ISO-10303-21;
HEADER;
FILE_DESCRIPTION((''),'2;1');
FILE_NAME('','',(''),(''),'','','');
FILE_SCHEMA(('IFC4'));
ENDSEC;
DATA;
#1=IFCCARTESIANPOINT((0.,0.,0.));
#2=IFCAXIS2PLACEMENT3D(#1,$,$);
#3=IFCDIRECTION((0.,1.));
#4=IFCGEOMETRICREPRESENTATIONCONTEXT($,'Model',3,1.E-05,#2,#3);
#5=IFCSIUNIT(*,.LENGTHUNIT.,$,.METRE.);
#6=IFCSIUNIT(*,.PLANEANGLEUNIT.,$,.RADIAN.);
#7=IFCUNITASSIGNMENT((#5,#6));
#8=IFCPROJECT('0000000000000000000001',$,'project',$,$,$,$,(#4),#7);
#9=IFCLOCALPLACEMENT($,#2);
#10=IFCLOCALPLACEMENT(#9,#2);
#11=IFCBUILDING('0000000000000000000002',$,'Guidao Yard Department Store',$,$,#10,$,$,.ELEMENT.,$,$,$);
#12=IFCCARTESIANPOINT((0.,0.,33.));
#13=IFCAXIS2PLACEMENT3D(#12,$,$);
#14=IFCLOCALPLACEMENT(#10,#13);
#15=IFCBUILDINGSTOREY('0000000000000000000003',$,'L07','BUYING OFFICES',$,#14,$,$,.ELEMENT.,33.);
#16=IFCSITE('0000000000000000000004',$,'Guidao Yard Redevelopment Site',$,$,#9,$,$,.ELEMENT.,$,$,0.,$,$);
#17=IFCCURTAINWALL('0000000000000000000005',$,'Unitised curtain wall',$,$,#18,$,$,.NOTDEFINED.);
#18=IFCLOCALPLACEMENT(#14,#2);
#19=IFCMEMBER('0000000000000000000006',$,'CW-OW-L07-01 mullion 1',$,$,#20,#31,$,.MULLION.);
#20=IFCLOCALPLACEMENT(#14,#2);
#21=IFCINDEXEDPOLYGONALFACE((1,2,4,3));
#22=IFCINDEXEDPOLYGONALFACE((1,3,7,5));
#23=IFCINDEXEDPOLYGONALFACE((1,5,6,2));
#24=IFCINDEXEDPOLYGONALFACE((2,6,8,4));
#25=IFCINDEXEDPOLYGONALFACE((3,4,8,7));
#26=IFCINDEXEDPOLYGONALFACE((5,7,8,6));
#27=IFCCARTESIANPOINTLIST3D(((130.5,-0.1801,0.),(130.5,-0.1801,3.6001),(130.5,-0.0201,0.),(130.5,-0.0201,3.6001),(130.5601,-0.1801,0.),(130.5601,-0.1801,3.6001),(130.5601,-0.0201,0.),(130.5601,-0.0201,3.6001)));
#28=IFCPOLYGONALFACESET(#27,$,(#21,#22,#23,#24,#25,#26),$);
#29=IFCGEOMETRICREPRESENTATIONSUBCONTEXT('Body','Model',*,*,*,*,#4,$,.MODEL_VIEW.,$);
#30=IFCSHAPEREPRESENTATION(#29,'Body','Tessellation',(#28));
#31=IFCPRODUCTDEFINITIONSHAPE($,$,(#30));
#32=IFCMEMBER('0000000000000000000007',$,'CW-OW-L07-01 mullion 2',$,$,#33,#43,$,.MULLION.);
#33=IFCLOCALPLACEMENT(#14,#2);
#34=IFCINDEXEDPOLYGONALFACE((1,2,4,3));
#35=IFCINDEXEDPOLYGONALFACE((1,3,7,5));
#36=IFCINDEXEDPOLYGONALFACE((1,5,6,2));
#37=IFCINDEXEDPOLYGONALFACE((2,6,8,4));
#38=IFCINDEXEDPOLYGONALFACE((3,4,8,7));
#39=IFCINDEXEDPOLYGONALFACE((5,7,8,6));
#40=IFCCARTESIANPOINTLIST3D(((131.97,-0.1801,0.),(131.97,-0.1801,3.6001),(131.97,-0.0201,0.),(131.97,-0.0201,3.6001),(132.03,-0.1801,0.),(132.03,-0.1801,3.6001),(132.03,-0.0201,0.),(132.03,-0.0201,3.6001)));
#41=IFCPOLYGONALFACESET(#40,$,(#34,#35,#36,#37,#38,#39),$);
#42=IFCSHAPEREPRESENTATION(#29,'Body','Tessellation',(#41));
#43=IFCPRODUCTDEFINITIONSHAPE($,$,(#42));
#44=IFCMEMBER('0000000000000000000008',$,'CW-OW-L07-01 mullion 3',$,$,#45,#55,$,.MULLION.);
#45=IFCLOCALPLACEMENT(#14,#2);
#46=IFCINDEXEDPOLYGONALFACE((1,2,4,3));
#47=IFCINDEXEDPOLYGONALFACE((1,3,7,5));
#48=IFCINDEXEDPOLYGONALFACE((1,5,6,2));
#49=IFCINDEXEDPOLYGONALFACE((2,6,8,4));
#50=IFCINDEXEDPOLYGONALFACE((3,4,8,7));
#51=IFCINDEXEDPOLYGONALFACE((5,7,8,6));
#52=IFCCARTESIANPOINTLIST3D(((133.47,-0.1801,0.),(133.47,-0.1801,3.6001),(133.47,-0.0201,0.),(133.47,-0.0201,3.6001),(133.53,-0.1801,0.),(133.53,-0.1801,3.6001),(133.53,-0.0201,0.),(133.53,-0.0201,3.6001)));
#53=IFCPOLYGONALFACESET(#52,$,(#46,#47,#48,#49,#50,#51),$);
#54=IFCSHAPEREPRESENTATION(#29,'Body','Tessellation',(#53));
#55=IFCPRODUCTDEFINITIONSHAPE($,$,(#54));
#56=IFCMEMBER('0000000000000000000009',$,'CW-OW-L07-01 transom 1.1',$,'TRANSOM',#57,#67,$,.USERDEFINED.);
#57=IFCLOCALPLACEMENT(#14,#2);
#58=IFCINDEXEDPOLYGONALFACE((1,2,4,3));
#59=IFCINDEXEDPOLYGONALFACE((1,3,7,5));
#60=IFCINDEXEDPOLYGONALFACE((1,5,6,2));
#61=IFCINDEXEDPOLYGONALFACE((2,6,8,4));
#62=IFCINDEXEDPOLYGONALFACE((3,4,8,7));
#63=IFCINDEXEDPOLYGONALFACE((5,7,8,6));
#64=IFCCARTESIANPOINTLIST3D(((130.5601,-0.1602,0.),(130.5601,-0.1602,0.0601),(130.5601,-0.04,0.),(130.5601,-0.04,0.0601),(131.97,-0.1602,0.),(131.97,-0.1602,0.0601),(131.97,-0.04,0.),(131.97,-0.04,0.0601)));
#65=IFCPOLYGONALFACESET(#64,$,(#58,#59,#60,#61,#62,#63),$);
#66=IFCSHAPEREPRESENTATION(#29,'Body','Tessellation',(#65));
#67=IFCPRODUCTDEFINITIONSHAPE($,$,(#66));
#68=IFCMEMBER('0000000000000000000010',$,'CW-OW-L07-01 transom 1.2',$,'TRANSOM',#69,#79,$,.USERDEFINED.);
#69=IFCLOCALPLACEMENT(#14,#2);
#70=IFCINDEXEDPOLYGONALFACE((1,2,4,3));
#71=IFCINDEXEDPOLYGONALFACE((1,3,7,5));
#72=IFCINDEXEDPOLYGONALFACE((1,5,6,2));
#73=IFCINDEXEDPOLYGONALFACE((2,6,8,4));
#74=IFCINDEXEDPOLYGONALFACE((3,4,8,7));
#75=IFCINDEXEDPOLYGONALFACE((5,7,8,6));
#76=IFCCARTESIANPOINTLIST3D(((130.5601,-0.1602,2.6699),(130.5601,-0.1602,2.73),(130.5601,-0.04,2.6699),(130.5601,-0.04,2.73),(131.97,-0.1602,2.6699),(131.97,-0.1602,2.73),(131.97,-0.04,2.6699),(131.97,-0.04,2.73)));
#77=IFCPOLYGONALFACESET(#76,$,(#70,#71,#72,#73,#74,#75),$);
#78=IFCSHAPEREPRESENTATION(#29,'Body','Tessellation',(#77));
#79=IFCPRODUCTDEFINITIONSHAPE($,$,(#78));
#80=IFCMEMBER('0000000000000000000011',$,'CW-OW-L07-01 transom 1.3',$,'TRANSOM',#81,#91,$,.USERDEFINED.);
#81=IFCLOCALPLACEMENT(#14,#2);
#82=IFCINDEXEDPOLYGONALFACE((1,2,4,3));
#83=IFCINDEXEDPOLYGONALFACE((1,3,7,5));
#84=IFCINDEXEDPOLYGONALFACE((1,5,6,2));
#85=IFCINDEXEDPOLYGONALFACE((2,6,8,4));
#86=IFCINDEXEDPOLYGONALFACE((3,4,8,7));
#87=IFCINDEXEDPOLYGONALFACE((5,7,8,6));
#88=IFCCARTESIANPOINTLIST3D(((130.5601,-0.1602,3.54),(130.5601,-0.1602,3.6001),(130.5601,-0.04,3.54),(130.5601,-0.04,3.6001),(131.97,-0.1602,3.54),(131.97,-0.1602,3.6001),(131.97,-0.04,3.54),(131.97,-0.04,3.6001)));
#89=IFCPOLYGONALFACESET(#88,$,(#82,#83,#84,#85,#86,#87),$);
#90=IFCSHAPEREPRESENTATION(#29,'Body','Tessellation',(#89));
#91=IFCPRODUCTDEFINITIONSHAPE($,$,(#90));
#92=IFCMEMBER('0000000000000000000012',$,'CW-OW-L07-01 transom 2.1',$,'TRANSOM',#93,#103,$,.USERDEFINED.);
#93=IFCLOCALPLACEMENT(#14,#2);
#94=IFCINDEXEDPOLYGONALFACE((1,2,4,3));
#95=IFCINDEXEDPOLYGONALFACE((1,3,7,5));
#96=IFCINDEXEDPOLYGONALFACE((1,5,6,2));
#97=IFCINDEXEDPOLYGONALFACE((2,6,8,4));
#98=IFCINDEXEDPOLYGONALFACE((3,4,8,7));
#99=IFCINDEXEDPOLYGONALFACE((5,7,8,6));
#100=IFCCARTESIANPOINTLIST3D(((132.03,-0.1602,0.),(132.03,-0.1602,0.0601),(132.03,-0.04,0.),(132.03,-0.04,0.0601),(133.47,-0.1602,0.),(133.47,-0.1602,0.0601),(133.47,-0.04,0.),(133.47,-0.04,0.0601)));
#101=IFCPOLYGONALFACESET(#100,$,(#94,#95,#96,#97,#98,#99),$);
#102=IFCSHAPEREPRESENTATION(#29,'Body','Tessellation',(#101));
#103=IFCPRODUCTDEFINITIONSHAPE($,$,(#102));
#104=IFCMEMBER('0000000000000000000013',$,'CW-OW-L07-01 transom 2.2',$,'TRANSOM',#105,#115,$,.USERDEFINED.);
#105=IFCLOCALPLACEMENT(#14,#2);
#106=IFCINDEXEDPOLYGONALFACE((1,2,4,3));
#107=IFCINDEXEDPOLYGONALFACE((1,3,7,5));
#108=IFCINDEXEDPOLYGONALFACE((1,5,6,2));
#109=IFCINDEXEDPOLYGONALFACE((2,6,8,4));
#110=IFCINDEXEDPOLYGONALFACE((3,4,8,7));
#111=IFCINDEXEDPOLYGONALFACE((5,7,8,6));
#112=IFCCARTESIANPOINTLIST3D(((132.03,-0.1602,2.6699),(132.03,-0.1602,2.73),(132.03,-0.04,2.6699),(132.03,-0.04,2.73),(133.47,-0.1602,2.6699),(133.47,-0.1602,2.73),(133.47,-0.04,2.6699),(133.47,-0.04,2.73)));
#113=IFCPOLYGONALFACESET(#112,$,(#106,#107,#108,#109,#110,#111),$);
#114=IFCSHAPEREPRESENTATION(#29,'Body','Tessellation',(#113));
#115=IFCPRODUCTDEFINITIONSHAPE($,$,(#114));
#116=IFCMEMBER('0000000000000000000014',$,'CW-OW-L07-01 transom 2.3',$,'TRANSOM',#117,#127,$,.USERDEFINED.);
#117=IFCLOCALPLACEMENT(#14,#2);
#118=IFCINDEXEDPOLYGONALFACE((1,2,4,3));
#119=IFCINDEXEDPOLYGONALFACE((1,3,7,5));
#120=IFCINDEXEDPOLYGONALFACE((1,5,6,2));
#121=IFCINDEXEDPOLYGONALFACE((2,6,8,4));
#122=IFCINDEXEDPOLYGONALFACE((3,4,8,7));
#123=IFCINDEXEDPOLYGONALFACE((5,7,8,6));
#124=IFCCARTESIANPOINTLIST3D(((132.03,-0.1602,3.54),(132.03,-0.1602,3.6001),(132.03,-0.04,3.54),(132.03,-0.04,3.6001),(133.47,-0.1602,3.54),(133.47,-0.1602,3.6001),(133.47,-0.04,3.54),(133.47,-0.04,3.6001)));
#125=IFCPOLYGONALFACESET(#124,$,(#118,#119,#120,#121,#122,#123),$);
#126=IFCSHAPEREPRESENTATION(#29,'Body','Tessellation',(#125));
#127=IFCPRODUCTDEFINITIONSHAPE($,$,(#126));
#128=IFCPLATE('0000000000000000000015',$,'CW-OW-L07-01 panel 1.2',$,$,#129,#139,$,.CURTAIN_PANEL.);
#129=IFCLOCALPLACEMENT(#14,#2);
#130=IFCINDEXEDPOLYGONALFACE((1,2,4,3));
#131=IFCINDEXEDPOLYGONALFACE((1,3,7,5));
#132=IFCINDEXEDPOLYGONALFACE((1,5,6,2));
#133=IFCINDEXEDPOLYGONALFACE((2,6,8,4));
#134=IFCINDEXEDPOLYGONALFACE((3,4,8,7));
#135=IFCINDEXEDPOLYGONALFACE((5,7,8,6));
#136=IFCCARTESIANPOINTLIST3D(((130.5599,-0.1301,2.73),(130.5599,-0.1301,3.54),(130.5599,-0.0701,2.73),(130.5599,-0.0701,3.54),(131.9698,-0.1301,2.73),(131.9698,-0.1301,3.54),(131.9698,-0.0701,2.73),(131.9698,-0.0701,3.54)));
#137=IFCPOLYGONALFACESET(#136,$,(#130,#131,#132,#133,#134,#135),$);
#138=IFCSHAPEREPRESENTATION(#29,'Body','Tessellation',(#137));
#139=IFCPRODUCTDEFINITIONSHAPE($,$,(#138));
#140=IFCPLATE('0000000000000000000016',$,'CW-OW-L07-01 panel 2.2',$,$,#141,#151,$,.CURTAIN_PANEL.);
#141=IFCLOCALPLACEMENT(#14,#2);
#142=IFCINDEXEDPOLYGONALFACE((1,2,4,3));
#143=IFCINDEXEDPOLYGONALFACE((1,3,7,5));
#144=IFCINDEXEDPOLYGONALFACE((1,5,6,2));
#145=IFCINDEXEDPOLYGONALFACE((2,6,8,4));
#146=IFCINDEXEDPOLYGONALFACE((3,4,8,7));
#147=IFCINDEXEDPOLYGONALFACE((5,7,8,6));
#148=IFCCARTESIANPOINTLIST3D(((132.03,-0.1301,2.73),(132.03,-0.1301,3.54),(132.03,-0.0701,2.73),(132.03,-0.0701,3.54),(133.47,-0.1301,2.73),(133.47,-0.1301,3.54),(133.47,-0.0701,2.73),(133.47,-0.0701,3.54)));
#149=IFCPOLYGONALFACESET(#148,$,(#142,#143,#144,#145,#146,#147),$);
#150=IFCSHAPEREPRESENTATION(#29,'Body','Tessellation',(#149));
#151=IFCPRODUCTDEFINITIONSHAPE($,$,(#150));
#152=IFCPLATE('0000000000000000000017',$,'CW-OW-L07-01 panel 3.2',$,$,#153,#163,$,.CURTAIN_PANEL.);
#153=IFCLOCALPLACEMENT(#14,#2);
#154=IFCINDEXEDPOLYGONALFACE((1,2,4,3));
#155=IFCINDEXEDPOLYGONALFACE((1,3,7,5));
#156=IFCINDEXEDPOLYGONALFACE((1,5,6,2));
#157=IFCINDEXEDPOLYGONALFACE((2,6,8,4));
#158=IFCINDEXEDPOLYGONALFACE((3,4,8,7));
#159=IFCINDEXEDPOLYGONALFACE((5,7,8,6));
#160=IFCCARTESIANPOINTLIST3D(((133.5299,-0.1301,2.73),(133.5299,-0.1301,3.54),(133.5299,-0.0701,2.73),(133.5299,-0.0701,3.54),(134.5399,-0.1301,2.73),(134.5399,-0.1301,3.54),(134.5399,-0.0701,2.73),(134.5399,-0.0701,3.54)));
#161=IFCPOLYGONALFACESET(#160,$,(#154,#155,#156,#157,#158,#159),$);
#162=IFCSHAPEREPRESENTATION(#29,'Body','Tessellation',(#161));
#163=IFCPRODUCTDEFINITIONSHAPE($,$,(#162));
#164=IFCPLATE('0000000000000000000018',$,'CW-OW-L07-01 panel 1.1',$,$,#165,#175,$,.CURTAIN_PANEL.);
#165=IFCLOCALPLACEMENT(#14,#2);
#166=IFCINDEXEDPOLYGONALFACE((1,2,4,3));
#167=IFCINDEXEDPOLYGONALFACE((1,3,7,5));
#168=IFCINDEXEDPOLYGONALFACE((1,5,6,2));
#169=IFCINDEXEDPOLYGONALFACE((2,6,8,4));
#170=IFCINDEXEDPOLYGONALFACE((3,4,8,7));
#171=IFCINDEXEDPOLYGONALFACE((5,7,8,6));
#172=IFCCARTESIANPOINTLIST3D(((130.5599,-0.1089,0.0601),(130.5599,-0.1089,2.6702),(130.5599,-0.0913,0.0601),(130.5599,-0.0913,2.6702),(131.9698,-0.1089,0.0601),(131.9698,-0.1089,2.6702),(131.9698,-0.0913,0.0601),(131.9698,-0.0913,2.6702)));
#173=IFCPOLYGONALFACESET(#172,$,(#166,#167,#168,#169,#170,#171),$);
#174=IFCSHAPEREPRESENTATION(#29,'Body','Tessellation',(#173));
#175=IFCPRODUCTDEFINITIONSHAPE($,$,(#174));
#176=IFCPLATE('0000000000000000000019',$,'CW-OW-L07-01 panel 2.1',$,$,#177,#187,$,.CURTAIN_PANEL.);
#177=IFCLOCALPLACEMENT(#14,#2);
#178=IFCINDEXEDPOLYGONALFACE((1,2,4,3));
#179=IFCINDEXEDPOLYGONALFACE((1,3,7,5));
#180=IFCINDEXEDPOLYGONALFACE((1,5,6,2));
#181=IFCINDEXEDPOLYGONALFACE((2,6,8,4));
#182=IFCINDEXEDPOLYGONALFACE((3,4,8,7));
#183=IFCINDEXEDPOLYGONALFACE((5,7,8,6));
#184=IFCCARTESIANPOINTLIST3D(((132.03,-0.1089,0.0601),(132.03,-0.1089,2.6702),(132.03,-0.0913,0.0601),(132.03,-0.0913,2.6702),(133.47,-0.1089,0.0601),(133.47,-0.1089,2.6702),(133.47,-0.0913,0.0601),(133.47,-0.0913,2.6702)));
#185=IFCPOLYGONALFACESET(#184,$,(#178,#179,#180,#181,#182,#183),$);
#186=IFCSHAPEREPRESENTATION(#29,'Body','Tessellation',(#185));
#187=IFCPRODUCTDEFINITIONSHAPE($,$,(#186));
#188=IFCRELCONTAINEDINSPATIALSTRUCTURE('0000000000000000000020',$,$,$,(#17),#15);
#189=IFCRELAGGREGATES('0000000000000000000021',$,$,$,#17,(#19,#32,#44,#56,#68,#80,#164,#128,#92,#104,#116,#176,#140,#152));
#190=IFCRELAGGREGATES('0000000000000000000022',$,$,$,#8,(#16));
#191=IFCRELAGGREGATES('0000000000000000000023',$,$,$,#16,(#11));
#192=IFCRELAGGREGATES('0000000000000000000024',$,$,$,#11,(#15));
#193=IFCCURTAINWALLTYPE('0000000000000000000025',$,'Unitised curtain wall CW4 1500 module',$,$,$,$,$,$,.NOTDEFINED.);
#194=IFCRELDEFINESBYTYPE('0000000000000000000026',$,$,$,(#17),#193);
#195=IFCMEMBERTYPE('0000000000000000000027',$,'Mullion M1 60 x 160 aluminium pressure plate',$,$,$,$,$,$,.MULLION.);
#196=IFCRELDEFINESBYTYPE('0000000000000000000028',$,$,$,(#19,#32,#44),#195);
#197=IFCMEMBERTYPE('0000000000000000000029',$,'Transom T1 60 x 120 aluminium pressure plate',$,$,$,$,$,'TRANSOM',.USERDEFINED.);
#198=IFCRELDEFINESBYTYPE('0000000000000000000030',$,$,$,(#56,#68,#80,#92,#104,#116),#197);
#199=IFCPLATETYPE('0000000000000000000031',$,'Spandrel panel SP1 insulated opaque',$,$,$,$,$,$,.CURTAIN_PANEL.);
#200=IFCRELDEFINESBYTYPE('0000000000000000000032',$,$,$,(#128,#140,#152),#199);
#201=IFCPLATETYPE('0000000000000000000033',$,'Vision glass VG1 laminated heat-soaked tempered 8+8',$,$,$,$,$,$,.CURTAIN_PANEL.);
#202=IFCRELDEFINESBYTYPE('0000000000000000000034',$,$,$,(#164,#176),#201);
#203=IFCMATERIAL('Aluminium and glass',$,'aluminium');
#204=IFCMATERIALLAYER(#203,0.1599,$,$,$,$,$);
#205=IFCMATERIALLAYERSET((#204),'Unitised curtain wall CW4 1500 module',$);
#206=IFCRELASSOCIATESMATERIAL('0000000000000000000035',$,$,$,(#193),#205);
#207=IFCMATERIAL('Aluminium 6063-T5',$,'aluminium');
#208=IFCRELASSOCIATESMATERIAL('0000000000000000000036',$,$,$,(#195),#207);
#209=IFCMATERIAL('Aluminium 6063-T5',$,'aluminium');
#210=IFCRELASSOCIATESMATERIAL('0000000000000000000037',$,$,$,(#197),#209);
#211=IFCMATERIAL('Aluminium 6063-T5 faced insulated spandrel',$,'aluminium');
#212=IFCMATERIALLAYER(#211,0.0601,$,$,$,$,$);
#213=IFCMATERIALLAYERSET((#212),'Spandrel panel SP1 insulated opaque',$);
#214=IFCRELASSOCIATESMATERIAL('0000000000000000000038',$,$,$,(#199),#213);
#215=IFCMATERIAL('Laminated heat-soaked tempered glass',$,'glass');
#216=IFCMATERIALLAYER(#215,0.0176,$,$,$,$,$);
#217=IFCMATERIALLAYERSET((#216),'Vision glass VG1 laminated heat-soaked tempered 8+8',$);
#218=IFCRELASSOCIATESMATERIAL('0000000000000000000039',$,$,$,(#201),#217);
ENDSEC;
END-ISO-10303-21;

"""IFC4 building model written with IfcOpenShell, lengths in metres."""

from ifc_helpers import new_model, si_unit, direction, frame, origin, origin_2d, place, context, subcontext, project, spatial, rectangle, extrude, material, layer, layer_set, material_profile, profile_set, type_object, element, aggregate, save


model = new_model("IFC4")

# Units and contexts
model_context = context("Model", 3, precision=1e-05, world=origin(), true_north=direction((0.0, 1.0)))
body_context = subcontext(model_context, "Body", "Model", "MODEL_VIEW")
ifc_project = project(units=[si_unit("LENGTHUNIT", "METRE"), si_unit("PLANEANGLEUNIT", "RADIAN")], contexts=[model_context])

# Site, building, storey
site_placement = place(None, origin())
site = spatial("IfcSite", under=ifc_project, at=site_placement, Name="Guidao Yard Redevelopment Site", CompositionType="ELEMENT", RefElevation=0.0)
building_placement = place(site_placement, origin())
building = spatial("IfcBuilding", under=site, at=building_placement, Name="Guidao Yard Department Store", CompositionType="ELEMENT")
storey_placement = place(building_placement, frame((0.0, 0.0, 33.0)))
storey = spatial("IfcBuildingStorey", under=building, at=storey_placement, Name="L07", Description="BUYING OFFICES", CompositionType="ELEMENT", Elevation=33.0)

# Curtain wall, members, plates
ifc_material_1 = material(Name="Aluminium and glass", Category="aluminium")
ifc_layer_1 = layer(ifc_material_1, 0.1599)
ifc_layer_set_1 = layer_set([ifc_layer_1], Name="Unitised curtain wall CW4 1500 module")
curtain_wall_type = type_object("IfcCurtainWallType", Name="Unitised curtain wall CW4 1500 module", PredefinedType="NOTDEFINED", material=ifc_layer_set_1)
curtain_wall_placement = place(storey_placement, origin())
curtain_wall = element("IfcCurtainWall", 1, at=curtain_wall_placement, inside=storey, type_object=curtain_wall_type, Name="Unitised curtain wall", PredefinedType="NOTDEFINED")
ifc_material_2 = material(Name="Aluminium 6063-T5", Category="aluminium")
ifc_material_profile_1 = material_profile(ifc_material_2, rectangle(XDim=0.0601, YDim=0.1599, at=origin_2d()), Name="Mullion M1 60 x 160 aluminium pressure plate")
ifc_profile_set_1 = profile_set([ifc_material_profile_1], Name="Aluminium 6063-T5")
member_type_1 = type_object("IfcMemberType", Name="Mullion M1 60 x 160 aluminium pressure plate", PredefinedType="MULLION", material=ifc_profile_set_1)
member_1_placement = place(storey_placement, frame((130.53, -0.1001, 0.0), z_axis=(0.0, 0.0, 1.0), x_axis=(-1.0, 0.0, 0.0)))
member_1 = element("IfcMember", 2, at=member_1_placement, type_object=member_type_1, Name="CW-OW-L07-01 mullion 1", PredefinedType="MULLION", context=body_context, shape_type="SweptSolid", body=[
    extrude(rectangle(XDim=0.0601, YDim=0.1599, at=origin_2d()), origin(), (0.0, 0.0, 1.0), 3.6001),
])
member_2_placement = place(storey_placement, frame((132.0, -0.1001, 0.0), z_axis=(0.0, 0.0, 1.0), x_axis=(-1.0, 0.0, 0.0)))
member_2 = element("IfcMember", 3, at=member_2_placement, type_object=member_type_1, Name="CW-OW-L07-01 mullion 2", PredefinedType="MULLION", context=body_context, shape_type="SweptSolid", body=[
    extrude(rectangle(XDim=0.0601, YDim=0.1599, at=origin_2d()), origin(), (0.0, 0.0, 1.0), 3.6001),
])
member_3_placement = place(storey_placement, frame((133.5, -0.1001, 0.0), z_axis=(0.0, 0.0, 1.0), x_axis=(-1.0, 0.0, 0.0)))
member_3 = element("IfcMember", 4, at=member_3_placement, type_object=member_type_1, Name="CW-OW-L07-01 mullion 3", PredefinedType="MULLION", context=body_context, shape_type="SweptSolid", body=[
    extrude(rectangle(XDim=0.0601, YDim=0.1599, at=origin_2d()), origin(), (0.0, 0.0, 1.0), 3.6001),
])
ifc_material_3 = material(Name="Aluminium 6063-T5", Category="aluminium")
ifc_material_profile_2 = material_profile(ifc_material_3, rectangle(XDim=0.1201, YDim=0.0601, at=origin_2d()), Name="Transom T1 60 x 120 aluminium pressure plate")
ifc_profile_set_2 = profile_set([ifc_material_profile_2], Name="Aluminium 6063-T5")
member_type_2 = type_object("IfcMemberType", Name="Transom T1 60 x 120 aluminium pressure plate", ElementType="TRANSOM", PredefinedType="USERDEFINED", material=ifc_profile_set_2)
member_4_placement = place(storey_placement, frame((131.97, -0.1001, 0.03), z_axis=(-1.0, 0.0, 0.0), x_axis=(0.0, -1.0, 0.0)))
member_4 = element("IfcMember", 5, at=member_4_placement, type_object=member_type_2, Name="CW-OW-L07-01 transom 1.1", ObjectType="TRANSOM", PredefinedType="USERDEFINED", context=body_context, shape_type="SweptSolid", body=[
    extrude(rectangle(XDim=0.1201, YDim=0.0601, at=origin_2d()), origin(), (0.0, 0.0, 1.0), 1.4099),
])
member_5_placement = place(storey_placement, frame((131.97, -0.1001, 2.7), z_axis=(-1.0, 0.0, 0.0), x_axis=(0.0, -1.0, 0.0)))
member_5 = element("IfcMember", 6, at=member_5_placement, type_object=member_type_2, Name="CW-OW-L07-01 transom 1.2", ObjectType="TRANSOM", PredefinedType="USERDEFINED", context=body_context, shape_type="SweptSolid", body=[
    extrude(rectangle(XDim=0.1201, YDim=0.0601, at=origin_2d()), origin(), (0.0, 0.0, 1.0), 1.4099),
])
member_6_placement = place(storey_placement, frame((131.97, -0.1001, 3.5701), z_axis=(-1.0, 0.0, 0.0), x_axis=(0.0, -1.0, 0.0)))
member_6 = element("IfcMember", 7, at=member_6_placement, type_object=member_type_2, Name="CW-OW-L07-01 transom 1.3", ObjectType="TRANSOM", PredefinedType="USERDEFINED", context=body_context, shape_type="SweptSolid", body=[
    extrude(rectangle(XDim=0.1201, YDim=0.0601, at=origin_2d()), origin(), (0.0, 0.0, 1.0), 1.4099),
])
member_7_placement = place(storey_placement, frame((133.47, -0.1001, 0.03), z_axis=(-1.0, 0.0, 0.0), x_axis=(0.0, -1.0, 0.0)))
member_7 = element("IfcMember", 8, at=member_7_placement, type_object=member_type_2, Name="CW-OW-L07-01 transom 2.1", ObjectType="TRANSOM", PredefinedType="USERDEFINED", context=body_context, shape_type="SweptSolid", body=[
    extrude(rectangle(XDim=0.1201, YDim=0.0601, at=origin_2d()), origin(), (0.0, 0.0, 1.0), 1.4399),
])
member_8_placement = place(storey_placement, frame((133.47, -0.1001, 2.7), z_axis=(-1.0, 0.0, 0.0), x_axis=(0.0, -1.0, 0.0)))
member_8 = element("IfcMember", 9, at=member_8_placement, type_object=member_type_2, Name="CW-OW-L07-01 transom 2.2", ObjectType="TRANSOM", PredefinedType="USERDEFINED", context=body_context, shape_type="SweptSolid", body=[
    extrude(rectangle(XDim=0.1201, YDim=0.0601, at=origin_2d()), origin(), (0.0, 0.0, 1.0), 1.4399),
])
member_9_placement = place(storey_placement, frame((133.47, -0.1001, 3.5701), z_axis=(-1.0, 0.0, 0.0), x_axis=(0.0, -1.0, 0.0)))
member_9 = element("IfcMember", 10, at=member_9_placement, type_object=member_type_2, Name="CW-OW-L07-01 transom 2.3", ObjectType="TRANSOM", PredefinedType="USERDEFINED", context=body_context, shape_type="SweptSolid", body=[
    extrude(rectangle(XDim=0.1201, YDim=0.0601, at=origin_2d()), origin(), (0.0, 0.0, 1.0), 1.4399),
])
ifc_material_4 = material(Name="Aluminium 6063-T5 faced insulated spandrel", Category="aluminium")
ifc_layer_2 = layer(ifc_material_4, 0.0601)
ifc_layer_set_2 = layer_set([ifc_layer_2], Name="Spandrel panel SP1 insulated opaque")
plate_type_1 = type_object("IfcPlateType", Name="Spandrel panel SP1 insulated opaque", PredefinedType="CURTAIN_PANEL", material=ifc_layer_set_2)
plate_1_placement = place(storey_placement, frame((131.2649, -0.1001, 2.73), z_axis=(0.0, 0.0, 1.0), x_axis=(-1.0, 0.0, 0.0)))
plate_1 = element("IfcPlate", 11, at=plate_1_placement, type_object=plate_type_1, Name="CW-OW-L07-01 panel 1.2", PredefinedType="CURTAIN_PANEL", context=body_context, shape_type="SweptSolid", body=[
    extrude(rectangle(XDim=1.4099, YDim=0.0601, at=origin_2d()), origin(), (0.0, 0.0, 1.0), 0.8101),
])
plate_2_placement = place(storey_placement, frame((132.75, -0.1001, 2.73), z_axis=(0.0, 0.0, 1.0), x_axis=(-1.0, 0.0, 0.0)))
plate_2 = element("IfcPlate", 12, at=plate_2_placement, type_object=plate_type_1, Name="CW-OW-L07-01 panel 2.2", PredefinedType="CURTAIN_PANEL", context=body_context, shape_type="SweptSolid", body=[
    extrude(rectangle(XDim=1.4399, YDim=0.0601, at=origin_2d()), origin(), (0.0, 0.0, 1.0), 0.8101),
])
plate_3_placement = place(storey_placement, frame((134.0349, -0.1001, 2.73), z_axis=(0.0, 0.0, 1.0), x_axis=(-1.0, 0.0, 0.0)))
plate_3 = element("IfcPlate", 13, at=plate_3_placement, type_object=plate_type_1, Name="CW-OW-L07-01 panel 3.2", PredefinedType="CURTAIN_PANEL", context=body_context, shape_type="SweptSolid", body=[
    extrude(rectangle(XDim=1.01, YDim=0.0601, at=origin_2d()), origin(), (0.0, 0.0, 1.0), 0.8101),
])
ifc_material_5 = material(Name="Laminated heat-soaked tempered glass", Category="glass")
ifc_layer_3 = layer(ifc_material_5, 0.0176)
ifc_layer_set_3 = layer_set([ifc_layer_3], Name="Vision glass VG1 laminated heat-soaked tempered 8+8")
plate_type_2 = type_object("IfcPlateType", Name="Vision glass VG1 laminated heat-soaked tempered 8+8", PredefinedType="CURTAIN_PANEL", material=ifc_layer_set_3)
plate_4_placement = place(storey_placement, frame((131.2649, -0.1001, 0.0601), z_axis=(0.0, 0.0, 1.0), x_axis=(-1.0, 0.0, 0.0)))
plate_4 = element("IfcPlate", 14, at=plate_4_placement, type_object=plate_type_2, Name="CW-OW-L07-01 panel 1.1", PredefinedType="CURTAIN_PANEL", context=body_context, shape_type="SweptSolid", body=[
    extrude(rectangle(XDim=1.4099, YDim=0.0176, at=origin_2d()), origin(), (0.0, 0.0, 1.0), 2.6101),
])
plate_5_placement = place(storey_placement, frame((132.75, -0.1001, 0.0601), z_axis=(0.0, 0.0, 1.0), x_axis=(-1.0, 0.0, 0.0)))
plate_5 = element("IfcPlate", 15, at=plate_5_placement, type_object=plate_type_2, Name="CW-OW-L07-01 panel 2.1", PredefinedType="CURTAIN_PANEL", context=body_context, shape_type="SweptSolid", body=[
    extrude(rectangle(XDim=1.4399, YDim=0.0176, at=origin_2d()), origin(), (0.0, 0.0, 1.0), 2.6101),
])
aggregate(curtain_wall, [member_1, member_2, member_3, member_4, member_5, member_6, plate_4, plate_1, member_7, member_8, member_9, plate_5, plate_2, plate_3])

save(model, "model.ifc")
